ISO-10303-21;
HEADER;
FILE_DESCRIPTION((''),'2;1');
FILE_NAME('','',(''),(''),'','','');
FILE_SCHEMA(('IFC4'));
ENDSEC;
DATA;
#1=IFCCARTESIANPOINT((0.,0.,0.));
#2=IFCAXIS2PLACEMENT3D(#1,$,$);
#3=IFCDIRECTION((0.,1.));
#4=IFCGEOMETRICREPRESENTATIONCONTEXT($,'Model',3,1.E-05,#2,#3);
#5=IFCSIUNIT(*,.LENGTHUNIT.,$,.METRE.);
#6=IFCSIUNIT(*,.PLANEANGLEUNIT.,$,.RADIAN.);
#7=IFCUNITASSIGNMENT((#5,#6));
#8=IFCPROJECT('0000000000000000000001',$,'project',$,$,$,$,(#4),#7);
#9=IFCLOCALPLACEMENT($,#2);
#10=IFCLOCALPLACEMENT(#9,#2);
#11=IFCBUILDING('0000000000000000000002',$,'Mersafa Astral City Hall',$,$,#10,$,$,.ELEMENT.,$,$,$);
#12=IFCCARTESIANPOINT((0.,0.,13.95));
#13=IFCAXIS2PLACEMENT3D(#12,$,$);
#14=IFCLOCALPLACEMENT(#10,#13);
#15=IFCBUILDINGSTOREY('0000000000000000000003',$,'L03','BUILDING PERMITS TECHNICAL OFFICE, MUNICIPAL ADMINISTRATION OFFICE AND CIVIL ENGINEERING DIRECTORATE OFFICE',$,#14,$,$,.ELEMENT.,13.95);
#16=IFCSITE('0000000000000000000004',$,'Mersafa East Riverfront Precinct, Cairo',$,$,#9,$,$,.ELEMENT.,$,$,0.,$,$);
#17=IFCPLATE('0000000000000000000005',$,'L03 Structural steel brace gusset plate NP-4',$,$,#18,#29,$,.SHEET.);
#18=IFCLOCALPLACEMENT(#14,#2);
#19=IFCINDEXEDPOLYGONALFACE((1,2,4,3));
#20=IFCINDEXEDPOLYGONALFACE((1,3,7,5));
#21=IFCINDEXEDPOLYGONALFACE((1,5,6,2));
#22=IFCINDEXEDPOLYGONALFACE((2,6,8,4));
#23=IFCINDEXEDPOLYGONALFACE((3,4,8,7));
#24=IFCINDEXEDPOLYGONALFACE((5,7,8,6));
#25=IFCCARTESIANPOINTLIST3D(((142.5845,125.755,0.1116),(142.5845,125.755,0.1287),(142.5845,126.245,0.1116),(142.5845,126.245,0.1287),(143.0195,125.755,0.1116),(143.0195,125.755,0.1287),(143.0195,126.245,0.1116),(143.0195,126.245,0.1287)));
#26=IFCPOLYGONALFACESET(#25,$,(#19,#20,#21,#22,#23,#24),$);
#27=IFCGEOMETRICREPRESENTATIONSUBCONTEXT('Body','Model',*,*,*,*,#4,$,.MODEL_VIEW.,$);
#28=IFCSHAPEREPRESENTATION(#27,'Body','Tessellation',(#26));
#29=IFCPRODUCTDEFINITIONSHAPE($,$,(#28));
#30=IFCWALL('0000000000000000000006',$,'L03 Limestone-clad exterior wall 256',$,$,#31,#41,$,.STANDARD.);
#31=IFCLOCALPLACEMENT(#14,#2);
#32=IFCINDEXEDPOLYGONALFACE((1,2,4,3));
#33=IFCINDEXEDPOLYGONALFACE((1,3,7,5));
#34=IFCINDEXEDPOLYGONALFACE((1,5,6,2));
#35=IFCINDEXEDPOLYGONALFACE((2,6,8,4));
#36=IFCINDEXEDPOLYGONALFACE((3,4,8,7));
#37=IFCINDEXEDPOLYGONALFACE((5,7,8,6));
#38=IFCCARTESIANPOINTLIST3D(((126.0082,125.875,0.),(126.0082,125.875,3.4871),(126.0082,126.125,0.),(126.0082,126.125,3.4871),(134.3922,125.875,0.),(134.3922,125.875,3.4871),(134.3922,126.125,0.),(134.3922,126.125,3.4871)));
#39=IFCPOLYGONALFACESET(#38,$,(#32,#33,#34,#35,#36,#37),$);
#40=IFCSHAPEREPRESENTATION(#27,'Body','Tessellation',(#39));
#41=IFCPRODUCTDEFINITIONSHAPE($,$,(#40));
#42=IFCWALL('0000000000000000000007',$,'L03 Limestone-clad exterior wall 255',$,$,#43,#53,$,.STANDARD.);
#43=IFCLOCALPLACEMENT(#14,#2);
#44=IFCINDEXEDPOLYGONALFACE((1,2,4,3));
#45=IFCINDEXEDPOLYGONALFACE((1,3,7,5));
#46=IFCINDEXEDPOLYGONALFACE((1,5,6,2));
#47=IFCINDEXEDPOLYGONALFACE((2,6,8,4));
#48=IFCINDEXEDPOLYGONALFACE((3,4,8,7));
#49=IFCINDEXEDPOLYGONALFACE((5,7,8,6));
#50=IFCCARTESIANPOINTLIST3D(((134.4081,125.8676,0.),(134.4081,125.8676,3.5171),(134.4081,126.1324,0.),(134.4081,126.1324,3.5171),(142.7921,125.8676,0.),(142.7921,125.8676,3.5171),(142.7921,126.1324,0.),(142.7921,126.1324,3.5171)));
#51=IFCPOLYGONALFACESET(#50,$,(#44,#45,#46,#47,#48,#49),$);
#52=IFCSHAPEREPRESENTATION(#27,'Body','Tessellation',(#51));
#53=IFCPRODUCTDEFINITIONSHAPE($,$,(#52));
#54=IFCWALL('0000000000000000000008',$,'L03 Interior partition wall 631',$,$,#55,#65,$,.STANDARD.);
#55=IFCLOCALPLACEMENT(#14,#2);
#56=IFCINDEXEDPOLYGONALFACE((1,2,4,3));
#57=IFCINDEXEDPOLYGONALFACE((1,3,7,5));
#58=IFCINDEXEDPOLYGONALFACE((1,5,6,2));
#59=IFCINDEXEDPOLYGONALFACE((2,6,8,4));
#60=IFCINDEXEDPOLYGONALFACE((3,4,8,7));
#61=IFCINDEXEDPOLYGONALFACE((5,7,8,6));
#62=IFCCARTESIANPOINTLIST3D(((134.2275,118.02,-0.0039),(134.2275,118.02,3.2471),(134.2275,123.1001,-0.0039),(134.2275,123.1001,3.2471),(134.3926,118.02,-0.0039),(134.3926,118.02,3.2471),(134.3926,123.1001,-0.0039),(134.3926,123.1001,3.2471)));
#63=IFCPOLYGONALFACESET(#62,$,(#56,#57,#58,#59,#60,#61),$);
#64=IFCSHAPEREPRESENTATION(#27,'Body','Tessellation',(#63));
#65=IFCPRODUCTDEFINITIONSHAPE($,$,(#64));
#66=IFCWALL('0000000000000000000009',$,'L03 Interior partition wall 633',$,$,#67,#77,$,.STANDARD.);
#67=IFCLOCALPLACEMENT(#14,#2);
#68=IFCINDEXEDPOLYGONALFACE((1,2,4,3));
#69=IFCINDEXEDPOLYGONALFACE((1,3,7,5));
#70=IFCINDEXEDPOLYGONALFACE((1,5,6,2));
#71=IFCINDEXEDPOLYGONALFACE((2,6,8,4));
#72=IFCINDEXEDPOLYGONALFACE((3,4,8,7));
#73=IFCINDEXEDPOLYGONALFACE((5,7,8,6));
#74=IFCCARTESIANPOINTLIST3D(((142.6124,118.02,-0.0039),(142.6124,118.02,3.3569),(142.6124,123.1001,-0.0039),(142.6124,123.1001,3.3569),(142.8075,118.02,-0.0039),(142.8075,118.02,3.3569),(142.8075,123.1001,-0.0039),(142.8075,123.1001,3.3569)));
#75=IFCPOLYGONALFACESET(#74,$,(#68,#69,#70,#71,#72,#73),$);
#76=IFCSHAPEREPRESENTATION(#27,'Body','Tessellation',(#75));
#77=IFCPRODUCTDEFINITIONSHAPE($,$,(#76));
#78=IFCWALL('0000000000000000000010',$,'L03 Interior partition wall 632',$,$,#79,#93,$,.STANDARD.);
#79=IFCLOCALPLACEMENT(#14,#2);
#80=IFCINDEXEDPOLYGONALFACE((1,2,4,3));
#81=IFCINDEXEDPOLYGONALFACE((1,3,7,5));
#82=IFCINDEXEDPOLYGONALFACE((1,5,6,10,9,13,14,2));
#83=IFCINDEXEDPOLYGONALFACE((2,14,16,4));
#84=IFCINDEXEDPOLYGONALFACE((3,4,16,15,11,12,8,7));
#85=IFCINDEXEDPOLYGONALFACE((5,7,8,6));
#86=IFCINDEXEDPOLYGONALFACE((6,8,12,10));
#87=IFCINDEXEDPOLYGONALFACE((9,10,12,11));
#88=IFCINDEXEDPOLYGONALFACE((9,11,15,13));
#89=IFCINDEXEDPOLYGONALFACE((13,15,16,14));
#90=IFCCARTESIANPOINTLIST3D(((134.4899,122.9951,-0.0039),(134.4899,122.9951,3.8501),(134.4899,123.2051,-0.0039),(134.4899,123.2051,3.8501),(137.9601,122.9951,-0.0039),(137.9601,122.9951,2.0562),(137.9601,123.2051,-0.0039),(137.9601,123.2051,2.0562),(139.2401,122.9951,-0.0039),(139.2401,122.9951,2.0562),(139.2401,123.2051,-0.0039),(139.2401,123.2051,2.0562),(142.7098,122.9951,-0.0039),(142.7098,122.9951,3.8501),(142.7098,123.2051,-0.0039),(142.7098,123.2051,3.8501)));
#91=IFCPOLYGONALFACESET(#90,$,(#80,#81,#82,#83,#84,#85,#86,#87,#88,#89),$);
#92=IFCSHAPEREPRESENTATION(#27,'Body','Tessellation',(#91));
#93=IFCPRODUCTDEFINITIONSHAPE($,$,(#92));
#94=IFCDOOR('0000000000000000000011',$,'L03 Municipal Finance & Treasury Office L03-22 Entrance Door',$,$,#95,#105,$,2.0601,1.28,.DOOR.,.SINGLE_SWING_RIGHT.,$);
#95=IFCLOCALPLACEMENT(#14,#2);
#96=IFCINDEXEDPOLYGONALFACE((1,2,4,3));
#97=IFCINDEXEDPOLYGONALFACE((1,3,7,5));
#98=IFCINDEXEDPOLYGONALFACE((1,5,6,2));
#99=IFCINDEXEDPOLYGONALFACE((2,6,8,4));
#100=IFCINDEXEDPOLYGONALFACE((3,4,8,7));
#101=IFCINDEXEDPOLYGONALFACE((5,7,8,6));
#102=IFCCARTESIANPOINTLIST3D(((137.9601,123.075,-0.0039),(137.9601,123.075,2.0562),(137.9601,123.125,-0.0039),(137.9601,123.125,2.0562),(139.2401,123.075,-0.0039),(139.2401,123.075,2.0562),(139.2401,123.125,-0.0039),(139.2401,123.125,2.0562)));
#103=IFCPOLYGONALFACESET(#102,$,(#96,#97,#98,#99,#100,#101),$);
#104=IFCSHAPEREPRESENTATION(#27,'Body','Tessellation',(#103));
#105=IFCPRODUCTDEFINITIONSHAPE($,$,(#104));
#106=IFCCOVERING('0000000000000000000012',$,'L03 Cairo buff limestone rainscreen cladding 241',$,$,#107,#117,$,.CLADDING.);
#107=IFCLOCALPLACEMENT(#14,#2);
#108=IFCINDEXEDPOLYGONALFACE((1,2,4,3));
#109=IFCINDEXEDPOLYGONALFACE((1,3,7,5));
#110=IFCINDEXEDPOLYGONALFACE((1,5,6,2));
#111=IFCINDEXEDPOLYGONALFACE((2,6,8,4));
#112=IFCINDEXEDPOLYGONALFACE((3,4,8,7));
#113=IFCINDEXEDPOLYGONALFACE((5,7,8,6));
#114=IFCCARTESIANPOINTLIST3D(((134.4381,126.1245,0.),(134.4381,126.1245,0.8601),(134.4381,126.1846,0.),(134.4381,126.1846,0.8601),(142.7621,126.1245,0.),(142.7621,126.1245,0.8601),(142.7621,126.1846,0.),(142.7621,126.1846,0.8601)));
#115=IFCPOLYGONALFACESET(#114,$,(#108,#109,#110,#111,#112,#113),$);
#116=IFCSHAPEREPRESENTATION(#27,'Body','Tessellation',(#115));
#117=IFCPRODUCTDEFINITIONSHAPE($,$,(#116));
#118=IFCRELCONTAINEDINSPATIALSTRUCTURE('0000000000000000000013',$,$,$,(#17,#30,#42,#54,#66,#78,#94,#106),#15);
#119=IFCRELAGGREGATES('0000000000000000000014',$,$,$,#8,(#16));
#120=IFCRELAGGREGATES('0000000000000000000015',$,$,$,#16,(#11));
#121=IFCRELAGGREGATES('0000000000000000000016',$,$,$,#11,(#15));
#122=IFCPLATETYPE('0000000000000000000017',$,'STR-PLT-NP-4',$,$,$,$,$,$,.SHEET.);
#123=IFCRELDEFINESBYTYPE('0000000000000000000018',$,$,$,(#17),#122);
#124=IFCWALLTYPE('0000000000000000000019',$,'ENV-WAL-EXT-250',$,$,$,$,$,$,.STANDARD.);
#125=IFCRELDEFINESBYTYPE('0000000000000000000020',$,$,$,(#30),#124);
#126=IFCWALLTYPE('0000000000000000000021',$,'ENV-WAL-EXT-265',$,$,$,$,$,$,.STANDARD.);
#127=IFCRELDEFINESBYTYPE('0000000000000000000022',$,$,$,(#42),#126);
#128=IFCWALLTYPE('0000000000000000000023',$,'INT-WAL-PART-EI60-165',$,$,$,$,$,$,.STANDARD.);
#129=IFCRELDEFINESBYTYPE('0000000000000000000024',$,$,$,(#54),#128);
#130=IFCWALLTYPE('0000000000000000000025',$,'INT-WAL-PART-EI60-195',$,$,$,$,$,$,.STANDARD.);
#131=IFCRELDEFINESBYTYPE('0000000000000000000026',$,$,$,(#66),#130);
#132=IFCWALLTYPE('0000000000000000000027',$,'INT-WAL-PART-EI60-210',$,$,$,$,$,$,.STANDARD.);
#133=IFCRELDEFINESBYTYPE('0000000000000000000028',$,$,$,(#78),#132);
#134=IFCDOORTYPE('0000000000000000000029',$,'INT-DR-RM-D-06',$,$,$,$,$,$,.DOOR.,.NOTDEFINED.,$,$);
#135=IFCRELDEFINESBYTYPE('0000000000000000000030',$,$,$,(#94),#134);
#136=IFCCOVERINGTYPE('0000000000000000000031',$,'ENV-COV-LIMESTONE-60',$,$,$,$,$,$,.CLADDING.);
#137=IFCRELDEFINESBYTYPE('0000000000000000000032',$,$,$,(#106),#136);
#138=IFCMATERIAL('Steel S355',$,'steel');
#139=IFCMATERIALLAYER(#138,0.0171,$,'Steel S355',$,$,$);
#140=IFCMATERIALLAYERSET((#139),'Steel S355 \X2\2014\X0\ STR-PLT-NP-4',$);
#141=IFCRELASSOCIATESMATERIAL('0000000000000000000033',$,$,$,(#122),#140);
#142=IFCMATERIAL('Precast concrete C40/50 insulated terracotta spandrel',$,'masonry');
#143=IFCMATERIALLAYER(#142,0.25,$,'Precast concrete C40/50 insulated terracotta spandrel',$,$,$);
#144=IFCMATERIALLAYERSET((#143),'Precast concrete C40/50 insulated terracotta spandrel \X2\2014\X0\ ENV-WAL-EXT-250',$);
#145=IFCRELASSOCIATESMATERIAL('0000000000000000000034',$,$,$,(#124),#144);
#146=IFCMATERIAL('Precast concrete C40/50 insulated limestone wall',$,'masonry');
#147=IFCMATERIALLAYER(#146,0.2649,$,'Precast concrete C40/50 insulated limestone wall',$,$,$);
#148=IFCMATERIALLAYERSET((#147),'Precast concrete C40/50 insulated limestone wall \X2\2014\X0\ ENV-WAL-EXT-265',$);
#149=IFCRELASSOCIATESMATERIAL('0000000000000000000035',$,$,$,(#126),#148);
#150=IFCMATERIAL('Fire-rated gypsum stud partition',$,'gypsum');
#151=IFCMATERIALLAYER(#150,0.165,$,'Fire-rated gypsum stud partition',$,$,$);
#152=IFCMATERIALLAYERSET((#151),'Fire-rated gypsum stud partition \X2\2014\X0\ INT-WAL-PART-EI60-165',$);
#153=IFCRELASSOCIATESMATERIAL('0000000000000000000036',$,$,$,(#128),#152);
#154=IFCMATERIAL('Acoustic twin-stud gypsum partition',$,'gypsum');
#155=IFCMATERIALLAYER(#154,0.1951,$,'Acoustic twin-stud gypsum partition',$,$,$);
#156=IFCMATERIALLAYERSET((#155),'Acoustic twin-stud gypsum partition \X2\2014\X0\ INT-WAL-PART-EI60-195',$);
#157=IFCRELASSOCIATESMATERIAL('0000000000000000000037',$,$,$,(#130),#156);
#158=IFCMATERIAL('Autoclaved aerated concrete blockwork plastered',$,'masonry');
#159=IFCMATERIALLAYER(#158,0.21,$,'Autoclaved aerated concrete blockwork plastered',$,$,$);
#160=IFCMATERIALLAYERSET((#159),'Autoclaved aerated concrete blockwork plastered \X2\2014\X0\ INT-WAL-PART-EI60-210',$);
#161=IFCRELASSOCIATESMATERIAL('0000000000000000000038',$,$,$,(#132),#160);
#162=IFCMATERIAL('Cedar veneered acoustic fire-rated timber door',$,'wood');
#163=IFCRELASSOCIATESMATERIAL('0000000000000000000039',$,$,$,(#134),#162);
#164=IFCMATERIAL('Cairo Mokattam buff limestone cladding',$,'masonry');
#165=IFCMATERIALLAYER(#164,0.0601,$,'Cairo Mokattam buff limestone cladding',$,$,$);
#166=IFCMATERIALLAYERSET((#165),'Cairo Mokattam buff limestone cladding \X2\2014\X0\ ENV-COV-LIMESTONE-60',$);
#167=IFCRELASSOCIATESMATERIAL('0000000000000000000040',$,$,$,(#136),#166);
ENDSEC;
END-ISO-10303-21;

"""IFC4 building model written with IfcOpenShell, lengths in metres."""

from ifc_helpers import new_model, si_unit, direction, frame, frame_2d, origin, origin_2d, place, context, subcontext, project, spatial, rectangle, extrude, material, layer, layer_set, type_object, element, fill, save


model = new_model("IFC4")

# Units and contexts
model_context = context("Model", 3, precision=1e-05, world=origin(), true_north=direction((0.0, 1.0)))
body_context = subcontext(model_context, "Body", "Model", "MODEL_VIEW")
ifc_project = project(units=[si_unit("LENGTHUNIT", "METRE"), si_unit("PLANEANGLEUNIT", "RADIAN")], contexts=[model_context])

# Site, building, storey
site_placement = place(None, origin())
site = spatial("IfcSite", under=ifc_project, at=site_placement, Name="Mersafa East Riverfront Precinct, Cairo", CompositionType="ELEMENT", RefElevation=0.0)
building_placement = place(site_placement, origin())
building = spatial("IfcBuilding", under=site, at=building_placement, Name="Mersafa Astral City Hall", CompositionType="ELEMENT")
storey_placement = place(building_placement, frame((0.0, 0.0, 13.95)))
storey = spatial("IfcBuildingStorey", under=building, at=storey_placement, Name="L03", Description="BUILDING PERMITS TECHNICAL OFFICE, MUNICIPAL ADMINISTRATION OFFICE AND CIVIL ENGINEERING DIRECTORATE OFFICE", CompositionType="ELEMENT", Elevation=13.95)

# Shared definitions
ifc_material_1 = material(Name="Steel S355", Category="steel")

# Plate
ifc_layer_1 = layer(ifc_material_1, 0.0171, Name="Steel S355")
ifc_layer_set_1 = layer_set([ifc_layer_1], Name="Steel S355 — STR-PLT-NP-4")
plate_type_1 = type_object("IfcPlateType", Name="STR-PLT-NP-4", PredefinedType="SHEET", material=ifc_layer_set_1)
plate_1_placement = place(storey_placement, frame((142.802, 126.0, 0.1116), z_axis=(0.0, 0.0, 1.0), x_axis=(1.0, 0.0, 0.0)))
element("IfcPlate", 1, at=plate_1_placement, inside=storey, type_object=plate_type_1, Name="L03 Structural steel brace gusset plate NP-4", PredefinedType="SHEET", context=body_context, shape_type="SweptSolid", body=[
    extrude(rectangle(XDim=0.4351, YDim=0.49, at=origin_2d()), origin(), (0.0, 0.0, 1.0), 0.0171),
])

# Walls
ifc_material_2 = material(Name="Precast concrete C40/50 insulated terracotta spandrel", Category="masonry")
ifc_layer_2 = layer(ifc_material_2, 0.25, Name="Precast concrete C40/50 insulated terracotta spandrel")
ifc_layer_set_2 = layer_set([ifc_layer_2], Name="Precast concrete C40/50 insulated terracotta spandrel — ENV-WAL-EXT-250")
wall_type_1 = type_object("IfcWallType", Name="ENV-WAL-EXT-250", PredefinedType="STANDARD", material=ifc_layer_set_2)
wall_1_placement = place(storey_placement, frame((134.3921, 126.0, 0.0), z_axis=(0.0, 0.0, 1.0), x_axis=(-1.0, 0.0, 0.0)))
element("IfcWall", 2, at=wall_1_placement, inside=storey, type_object=wall_type_1, Name="L03 Limestone-clad exterior wall 256", PredefinedType="STANDARD", context=body_context, shape_type="SweptSolid", body=[
    extrude(rectangle(XDim=8.384, YDim=0.25, at=frame_2d((4.1919, 0.0))), origin(), (0.0, 0.0, 1.0), 3.4871),
])
ifc_material_3 = material(Name="Precast concrete C40/50 insulated limestone wall", Category="masonry")
ifc_layer_3 = layer(ifc_material_3, 0.2649, Name="Precast concrete C40/50 insulated limestone wall")
ifc_layer_set_3 = layer_set([ifc_layer_3], Name="Precast concrete C40/50 insulated limestone wall — ENV-WAL-EXT-265")
wall_type_2 = type_object("IfcWallType", Name="ENV-WAL-EXT-265", PredefinedType="STANDARD", material=ifc_layer_set_3)
wall_2_placement = place(storey_placement, frame((142.792, 126.0, 0.0), z_axis=(0.0, 0.0, 1.0), x_axis=(-1.0, 0.0, 0.0)))
element("IfcWall", 3, at=wall_2_placement, inside=storey, type_object=wall_type_2, Name="L03 Limestone-clad exterior wall 255", PredefinedType="STANDARD", context=body_context, shape_type="SweptSolid", body=[
    extrude(rectangle(XDim=8.384, YDim=0.2649, at=frame_2d((4.1919, 0.0))), origin(), (0.0, 0.0, 1.0), 3.5171),
])
ifc_material_4 = material(Name="Fire-rated gypsum stud partition", Category="gypsum")
ifc_layer_4 = layer(ifc_material_4, 0.165, Name="Fire-rated gypsum stud partition")
ifc_layer_set_4 = layer_set([ifc_layer_4], Name="Fire-rated gypsum stud partition — INT-WAL-PART-EI60-165")
wall_type_3 = type_object("IfcWallType", Name="INT-WAL-PART-EI60-165", PredefinedType="STANDARD", material=ifc_layer_set_4)
wall_3_placement = place(storey_placement, frame((134.3101, 123.1001, -0.0039), z_axis=(0.0, 0.0, 1.0), x_axis=(0.0, -1.0, 0.0)))
element("IfcWall", 4, at=wall_3_placement, inside=storey, type_object=wall_type_3, Name="L03 Interior partition wall 631", PredefinedType="STANDARD", context=body_context, shape_type="SweptSolid", body=[
    extrude(rectangle(XDim=5.0801, YDim=0.165, at=frame_2d((2.54, 0.0))), origin(), (0.0, 0.0, 1.0), 3.251),
])
ifc_material_5 = material(Name="Acoustic twin-stud gypsum partition", Category="gypsum")
ifc_layer_5 = layer(ifc_material_5, 0.1951, Name="Acoustic twin-stud gypsum partition")
ifc_layer_set_5 = layer_set([ifc_layer_5], Name="Acoustic twin-stud gypsum partition — INT-WAL-PART-EI60-195")
wall_type_4 = type_object("IfcWallType", Name="INT-WAL-PART-EI60-195", PredefinedType="STANDARD", material=ifc_layer_set_5)
wall_4_placement = place(storey_placement, frame((142.71, 123.1001, -0.0039), z_axis=(0.0, 0.0, 1.0), x_axis=(0.0, -1.0, 0.0)))
element("IfcWall", 5, at=wall_4_placement, inside=storey, type_object=wall_type_4, Name="L03 Interior partition wall 633", PredefinedType="STANDARD", context=body_context, shape_type="SweptSolid", body=[
    extrude(rectangle(XDim=5.0801, YDim=0.1951, at=frame_2d((2.54, 0.0))), origin(), (0.0, 0.0, 1.0), 3.3608),
])

# Wall, opening, door
ifc_material_6 = material(Name="Autoclaved aerated concrete blockwork plastered", Category="masonry")
ifc_layer_6 = layer(ifc_material_6, 0.21, Name="Autoclaved aerated concrete blockwork plastered")
ifc_layer_set_6 = layer_set([ifc_layer_6], Name="Autoclaved aerated concrete blockwork plastered — INT-WAL-PART-EI60-210")
wall_type_5 = type_object("IfcWallType", Name="INT-WAL-PART-EI60-210", PredefinedType="STANDARD", material=ifc_layer_set_6)
wall_5_placement = place(storey_placement, frame((134.49, 123.1001, -0.0039), z_axis=(0.0, 0.0, 1.0), x_axis=(1.0, 0.0, 0.0)))
wall_5 = element("IfcWall", 6, at=wall_5_placement, inside=storey, type_object=wall_type_5, Name="L03 Interior partition wall 632", PredefinedType="STANDARD", context=body_context, shape_type="SweptSolid", body=[
    extrude(rectangle(XDim=8.22, YDim=0.21, at=frame_2d((4.1099, 0.0))), origin(), (0.0, 0.0, 1.0), 3.854),
])
opening_placement = place(wall_5_placement, frame((3.47, 0.0, 0.0)))
opening = element("IfcOpeningElement", 7, at=opening_placement, cuts=wall_5, PredefinedType="OPENING", context=body_context, shape_type="SweptSolid", body=[
    extrude(rectangle(XDim=1.28, YDim=2.0601, at=frame_2d((0.6401, 1.03))), frame((0.0, 0.115, 0.0), z_axis=(0.0, -1.0, 0.0), x_axis=(1.0, 0.0, 0.0)), (0.0, 0.0, 1.0), 0.23),
])
ifc_material_7 = material(Name="Cedar veneered acoustic fire-rated timber door", Category="wood")
door_type = type_object("IfcDoorType", Name="INT-DR-RM-D-06", OperationType="NOTDEFINED", PredefinedType="DOOR", material=ifc_material_7)
door_placement = place(opening_placement, origin())
door = element("IfcDoor", 8, at=door_placement, inside=storey, type_object=door_type, Name="L03 Municipal Finance & Treasury Office L03-22 Entrance Door", OperationType="SINGLE_SWING_RIGHT", OverallHeight=2.0601, OverallWidth=1.28, PredefinedType="DOOR", context=body_context, shape_type="SweptSolid", body=[
    extrude(rectangle(XDim=1.28, YDim=2.0601, at=frame_2d((0.6401, 1.03))), frame((0.0, 0.0249, 0.0), z_axis=(0.0, -1.0, 0.0), x_axis=(1.0, 0.0, 0.0)), (0.0, 0.0, 1.0), 0.05),
])
fill(opening, door)

# Covering
ifc_material_8 = material(Name="Cairo Mokattam buff limestone cladding", Category="masonry")
ifc_layer_7 = layer(ifc_material_8, 0.0601, Name="Cairo Mokattam buff limestone cladding")
ifc_layer_set_7 = layer_set([ifc_layer_7], Name="Cairo Mokattam buff limestone cladding — ENV-COV-LIMESTONE-60")
covering_type = type_object("IfcCoveringType", Name="ENV-COV-LIMESTONE-60", PredefinedType="CLADDING", material=ifc_layer_set_7)
covering_placement = place(storey_placement, frame((138.6001, 126.1545, 0.0), z_axis=(0.0, 0.0, 1.0), x_axis=(-1.0, 0.0, 0.0)))
element("IfcCovering", 9, at=covering_placement, inside=storey, type_object=covering_type, Name="L03 Cairo buff limestone rainscreen cladding 241", PredefinedType="CLADDING", context=body_context, shape_type="SweptSolid", body=[
    extrude(rectangle(XDim=8.324, YDim=0.0601, at=origin_2d()), origin(), (0.0, 0.0, 1.0), 0.8601),
])

save(model, "model.ifc")
